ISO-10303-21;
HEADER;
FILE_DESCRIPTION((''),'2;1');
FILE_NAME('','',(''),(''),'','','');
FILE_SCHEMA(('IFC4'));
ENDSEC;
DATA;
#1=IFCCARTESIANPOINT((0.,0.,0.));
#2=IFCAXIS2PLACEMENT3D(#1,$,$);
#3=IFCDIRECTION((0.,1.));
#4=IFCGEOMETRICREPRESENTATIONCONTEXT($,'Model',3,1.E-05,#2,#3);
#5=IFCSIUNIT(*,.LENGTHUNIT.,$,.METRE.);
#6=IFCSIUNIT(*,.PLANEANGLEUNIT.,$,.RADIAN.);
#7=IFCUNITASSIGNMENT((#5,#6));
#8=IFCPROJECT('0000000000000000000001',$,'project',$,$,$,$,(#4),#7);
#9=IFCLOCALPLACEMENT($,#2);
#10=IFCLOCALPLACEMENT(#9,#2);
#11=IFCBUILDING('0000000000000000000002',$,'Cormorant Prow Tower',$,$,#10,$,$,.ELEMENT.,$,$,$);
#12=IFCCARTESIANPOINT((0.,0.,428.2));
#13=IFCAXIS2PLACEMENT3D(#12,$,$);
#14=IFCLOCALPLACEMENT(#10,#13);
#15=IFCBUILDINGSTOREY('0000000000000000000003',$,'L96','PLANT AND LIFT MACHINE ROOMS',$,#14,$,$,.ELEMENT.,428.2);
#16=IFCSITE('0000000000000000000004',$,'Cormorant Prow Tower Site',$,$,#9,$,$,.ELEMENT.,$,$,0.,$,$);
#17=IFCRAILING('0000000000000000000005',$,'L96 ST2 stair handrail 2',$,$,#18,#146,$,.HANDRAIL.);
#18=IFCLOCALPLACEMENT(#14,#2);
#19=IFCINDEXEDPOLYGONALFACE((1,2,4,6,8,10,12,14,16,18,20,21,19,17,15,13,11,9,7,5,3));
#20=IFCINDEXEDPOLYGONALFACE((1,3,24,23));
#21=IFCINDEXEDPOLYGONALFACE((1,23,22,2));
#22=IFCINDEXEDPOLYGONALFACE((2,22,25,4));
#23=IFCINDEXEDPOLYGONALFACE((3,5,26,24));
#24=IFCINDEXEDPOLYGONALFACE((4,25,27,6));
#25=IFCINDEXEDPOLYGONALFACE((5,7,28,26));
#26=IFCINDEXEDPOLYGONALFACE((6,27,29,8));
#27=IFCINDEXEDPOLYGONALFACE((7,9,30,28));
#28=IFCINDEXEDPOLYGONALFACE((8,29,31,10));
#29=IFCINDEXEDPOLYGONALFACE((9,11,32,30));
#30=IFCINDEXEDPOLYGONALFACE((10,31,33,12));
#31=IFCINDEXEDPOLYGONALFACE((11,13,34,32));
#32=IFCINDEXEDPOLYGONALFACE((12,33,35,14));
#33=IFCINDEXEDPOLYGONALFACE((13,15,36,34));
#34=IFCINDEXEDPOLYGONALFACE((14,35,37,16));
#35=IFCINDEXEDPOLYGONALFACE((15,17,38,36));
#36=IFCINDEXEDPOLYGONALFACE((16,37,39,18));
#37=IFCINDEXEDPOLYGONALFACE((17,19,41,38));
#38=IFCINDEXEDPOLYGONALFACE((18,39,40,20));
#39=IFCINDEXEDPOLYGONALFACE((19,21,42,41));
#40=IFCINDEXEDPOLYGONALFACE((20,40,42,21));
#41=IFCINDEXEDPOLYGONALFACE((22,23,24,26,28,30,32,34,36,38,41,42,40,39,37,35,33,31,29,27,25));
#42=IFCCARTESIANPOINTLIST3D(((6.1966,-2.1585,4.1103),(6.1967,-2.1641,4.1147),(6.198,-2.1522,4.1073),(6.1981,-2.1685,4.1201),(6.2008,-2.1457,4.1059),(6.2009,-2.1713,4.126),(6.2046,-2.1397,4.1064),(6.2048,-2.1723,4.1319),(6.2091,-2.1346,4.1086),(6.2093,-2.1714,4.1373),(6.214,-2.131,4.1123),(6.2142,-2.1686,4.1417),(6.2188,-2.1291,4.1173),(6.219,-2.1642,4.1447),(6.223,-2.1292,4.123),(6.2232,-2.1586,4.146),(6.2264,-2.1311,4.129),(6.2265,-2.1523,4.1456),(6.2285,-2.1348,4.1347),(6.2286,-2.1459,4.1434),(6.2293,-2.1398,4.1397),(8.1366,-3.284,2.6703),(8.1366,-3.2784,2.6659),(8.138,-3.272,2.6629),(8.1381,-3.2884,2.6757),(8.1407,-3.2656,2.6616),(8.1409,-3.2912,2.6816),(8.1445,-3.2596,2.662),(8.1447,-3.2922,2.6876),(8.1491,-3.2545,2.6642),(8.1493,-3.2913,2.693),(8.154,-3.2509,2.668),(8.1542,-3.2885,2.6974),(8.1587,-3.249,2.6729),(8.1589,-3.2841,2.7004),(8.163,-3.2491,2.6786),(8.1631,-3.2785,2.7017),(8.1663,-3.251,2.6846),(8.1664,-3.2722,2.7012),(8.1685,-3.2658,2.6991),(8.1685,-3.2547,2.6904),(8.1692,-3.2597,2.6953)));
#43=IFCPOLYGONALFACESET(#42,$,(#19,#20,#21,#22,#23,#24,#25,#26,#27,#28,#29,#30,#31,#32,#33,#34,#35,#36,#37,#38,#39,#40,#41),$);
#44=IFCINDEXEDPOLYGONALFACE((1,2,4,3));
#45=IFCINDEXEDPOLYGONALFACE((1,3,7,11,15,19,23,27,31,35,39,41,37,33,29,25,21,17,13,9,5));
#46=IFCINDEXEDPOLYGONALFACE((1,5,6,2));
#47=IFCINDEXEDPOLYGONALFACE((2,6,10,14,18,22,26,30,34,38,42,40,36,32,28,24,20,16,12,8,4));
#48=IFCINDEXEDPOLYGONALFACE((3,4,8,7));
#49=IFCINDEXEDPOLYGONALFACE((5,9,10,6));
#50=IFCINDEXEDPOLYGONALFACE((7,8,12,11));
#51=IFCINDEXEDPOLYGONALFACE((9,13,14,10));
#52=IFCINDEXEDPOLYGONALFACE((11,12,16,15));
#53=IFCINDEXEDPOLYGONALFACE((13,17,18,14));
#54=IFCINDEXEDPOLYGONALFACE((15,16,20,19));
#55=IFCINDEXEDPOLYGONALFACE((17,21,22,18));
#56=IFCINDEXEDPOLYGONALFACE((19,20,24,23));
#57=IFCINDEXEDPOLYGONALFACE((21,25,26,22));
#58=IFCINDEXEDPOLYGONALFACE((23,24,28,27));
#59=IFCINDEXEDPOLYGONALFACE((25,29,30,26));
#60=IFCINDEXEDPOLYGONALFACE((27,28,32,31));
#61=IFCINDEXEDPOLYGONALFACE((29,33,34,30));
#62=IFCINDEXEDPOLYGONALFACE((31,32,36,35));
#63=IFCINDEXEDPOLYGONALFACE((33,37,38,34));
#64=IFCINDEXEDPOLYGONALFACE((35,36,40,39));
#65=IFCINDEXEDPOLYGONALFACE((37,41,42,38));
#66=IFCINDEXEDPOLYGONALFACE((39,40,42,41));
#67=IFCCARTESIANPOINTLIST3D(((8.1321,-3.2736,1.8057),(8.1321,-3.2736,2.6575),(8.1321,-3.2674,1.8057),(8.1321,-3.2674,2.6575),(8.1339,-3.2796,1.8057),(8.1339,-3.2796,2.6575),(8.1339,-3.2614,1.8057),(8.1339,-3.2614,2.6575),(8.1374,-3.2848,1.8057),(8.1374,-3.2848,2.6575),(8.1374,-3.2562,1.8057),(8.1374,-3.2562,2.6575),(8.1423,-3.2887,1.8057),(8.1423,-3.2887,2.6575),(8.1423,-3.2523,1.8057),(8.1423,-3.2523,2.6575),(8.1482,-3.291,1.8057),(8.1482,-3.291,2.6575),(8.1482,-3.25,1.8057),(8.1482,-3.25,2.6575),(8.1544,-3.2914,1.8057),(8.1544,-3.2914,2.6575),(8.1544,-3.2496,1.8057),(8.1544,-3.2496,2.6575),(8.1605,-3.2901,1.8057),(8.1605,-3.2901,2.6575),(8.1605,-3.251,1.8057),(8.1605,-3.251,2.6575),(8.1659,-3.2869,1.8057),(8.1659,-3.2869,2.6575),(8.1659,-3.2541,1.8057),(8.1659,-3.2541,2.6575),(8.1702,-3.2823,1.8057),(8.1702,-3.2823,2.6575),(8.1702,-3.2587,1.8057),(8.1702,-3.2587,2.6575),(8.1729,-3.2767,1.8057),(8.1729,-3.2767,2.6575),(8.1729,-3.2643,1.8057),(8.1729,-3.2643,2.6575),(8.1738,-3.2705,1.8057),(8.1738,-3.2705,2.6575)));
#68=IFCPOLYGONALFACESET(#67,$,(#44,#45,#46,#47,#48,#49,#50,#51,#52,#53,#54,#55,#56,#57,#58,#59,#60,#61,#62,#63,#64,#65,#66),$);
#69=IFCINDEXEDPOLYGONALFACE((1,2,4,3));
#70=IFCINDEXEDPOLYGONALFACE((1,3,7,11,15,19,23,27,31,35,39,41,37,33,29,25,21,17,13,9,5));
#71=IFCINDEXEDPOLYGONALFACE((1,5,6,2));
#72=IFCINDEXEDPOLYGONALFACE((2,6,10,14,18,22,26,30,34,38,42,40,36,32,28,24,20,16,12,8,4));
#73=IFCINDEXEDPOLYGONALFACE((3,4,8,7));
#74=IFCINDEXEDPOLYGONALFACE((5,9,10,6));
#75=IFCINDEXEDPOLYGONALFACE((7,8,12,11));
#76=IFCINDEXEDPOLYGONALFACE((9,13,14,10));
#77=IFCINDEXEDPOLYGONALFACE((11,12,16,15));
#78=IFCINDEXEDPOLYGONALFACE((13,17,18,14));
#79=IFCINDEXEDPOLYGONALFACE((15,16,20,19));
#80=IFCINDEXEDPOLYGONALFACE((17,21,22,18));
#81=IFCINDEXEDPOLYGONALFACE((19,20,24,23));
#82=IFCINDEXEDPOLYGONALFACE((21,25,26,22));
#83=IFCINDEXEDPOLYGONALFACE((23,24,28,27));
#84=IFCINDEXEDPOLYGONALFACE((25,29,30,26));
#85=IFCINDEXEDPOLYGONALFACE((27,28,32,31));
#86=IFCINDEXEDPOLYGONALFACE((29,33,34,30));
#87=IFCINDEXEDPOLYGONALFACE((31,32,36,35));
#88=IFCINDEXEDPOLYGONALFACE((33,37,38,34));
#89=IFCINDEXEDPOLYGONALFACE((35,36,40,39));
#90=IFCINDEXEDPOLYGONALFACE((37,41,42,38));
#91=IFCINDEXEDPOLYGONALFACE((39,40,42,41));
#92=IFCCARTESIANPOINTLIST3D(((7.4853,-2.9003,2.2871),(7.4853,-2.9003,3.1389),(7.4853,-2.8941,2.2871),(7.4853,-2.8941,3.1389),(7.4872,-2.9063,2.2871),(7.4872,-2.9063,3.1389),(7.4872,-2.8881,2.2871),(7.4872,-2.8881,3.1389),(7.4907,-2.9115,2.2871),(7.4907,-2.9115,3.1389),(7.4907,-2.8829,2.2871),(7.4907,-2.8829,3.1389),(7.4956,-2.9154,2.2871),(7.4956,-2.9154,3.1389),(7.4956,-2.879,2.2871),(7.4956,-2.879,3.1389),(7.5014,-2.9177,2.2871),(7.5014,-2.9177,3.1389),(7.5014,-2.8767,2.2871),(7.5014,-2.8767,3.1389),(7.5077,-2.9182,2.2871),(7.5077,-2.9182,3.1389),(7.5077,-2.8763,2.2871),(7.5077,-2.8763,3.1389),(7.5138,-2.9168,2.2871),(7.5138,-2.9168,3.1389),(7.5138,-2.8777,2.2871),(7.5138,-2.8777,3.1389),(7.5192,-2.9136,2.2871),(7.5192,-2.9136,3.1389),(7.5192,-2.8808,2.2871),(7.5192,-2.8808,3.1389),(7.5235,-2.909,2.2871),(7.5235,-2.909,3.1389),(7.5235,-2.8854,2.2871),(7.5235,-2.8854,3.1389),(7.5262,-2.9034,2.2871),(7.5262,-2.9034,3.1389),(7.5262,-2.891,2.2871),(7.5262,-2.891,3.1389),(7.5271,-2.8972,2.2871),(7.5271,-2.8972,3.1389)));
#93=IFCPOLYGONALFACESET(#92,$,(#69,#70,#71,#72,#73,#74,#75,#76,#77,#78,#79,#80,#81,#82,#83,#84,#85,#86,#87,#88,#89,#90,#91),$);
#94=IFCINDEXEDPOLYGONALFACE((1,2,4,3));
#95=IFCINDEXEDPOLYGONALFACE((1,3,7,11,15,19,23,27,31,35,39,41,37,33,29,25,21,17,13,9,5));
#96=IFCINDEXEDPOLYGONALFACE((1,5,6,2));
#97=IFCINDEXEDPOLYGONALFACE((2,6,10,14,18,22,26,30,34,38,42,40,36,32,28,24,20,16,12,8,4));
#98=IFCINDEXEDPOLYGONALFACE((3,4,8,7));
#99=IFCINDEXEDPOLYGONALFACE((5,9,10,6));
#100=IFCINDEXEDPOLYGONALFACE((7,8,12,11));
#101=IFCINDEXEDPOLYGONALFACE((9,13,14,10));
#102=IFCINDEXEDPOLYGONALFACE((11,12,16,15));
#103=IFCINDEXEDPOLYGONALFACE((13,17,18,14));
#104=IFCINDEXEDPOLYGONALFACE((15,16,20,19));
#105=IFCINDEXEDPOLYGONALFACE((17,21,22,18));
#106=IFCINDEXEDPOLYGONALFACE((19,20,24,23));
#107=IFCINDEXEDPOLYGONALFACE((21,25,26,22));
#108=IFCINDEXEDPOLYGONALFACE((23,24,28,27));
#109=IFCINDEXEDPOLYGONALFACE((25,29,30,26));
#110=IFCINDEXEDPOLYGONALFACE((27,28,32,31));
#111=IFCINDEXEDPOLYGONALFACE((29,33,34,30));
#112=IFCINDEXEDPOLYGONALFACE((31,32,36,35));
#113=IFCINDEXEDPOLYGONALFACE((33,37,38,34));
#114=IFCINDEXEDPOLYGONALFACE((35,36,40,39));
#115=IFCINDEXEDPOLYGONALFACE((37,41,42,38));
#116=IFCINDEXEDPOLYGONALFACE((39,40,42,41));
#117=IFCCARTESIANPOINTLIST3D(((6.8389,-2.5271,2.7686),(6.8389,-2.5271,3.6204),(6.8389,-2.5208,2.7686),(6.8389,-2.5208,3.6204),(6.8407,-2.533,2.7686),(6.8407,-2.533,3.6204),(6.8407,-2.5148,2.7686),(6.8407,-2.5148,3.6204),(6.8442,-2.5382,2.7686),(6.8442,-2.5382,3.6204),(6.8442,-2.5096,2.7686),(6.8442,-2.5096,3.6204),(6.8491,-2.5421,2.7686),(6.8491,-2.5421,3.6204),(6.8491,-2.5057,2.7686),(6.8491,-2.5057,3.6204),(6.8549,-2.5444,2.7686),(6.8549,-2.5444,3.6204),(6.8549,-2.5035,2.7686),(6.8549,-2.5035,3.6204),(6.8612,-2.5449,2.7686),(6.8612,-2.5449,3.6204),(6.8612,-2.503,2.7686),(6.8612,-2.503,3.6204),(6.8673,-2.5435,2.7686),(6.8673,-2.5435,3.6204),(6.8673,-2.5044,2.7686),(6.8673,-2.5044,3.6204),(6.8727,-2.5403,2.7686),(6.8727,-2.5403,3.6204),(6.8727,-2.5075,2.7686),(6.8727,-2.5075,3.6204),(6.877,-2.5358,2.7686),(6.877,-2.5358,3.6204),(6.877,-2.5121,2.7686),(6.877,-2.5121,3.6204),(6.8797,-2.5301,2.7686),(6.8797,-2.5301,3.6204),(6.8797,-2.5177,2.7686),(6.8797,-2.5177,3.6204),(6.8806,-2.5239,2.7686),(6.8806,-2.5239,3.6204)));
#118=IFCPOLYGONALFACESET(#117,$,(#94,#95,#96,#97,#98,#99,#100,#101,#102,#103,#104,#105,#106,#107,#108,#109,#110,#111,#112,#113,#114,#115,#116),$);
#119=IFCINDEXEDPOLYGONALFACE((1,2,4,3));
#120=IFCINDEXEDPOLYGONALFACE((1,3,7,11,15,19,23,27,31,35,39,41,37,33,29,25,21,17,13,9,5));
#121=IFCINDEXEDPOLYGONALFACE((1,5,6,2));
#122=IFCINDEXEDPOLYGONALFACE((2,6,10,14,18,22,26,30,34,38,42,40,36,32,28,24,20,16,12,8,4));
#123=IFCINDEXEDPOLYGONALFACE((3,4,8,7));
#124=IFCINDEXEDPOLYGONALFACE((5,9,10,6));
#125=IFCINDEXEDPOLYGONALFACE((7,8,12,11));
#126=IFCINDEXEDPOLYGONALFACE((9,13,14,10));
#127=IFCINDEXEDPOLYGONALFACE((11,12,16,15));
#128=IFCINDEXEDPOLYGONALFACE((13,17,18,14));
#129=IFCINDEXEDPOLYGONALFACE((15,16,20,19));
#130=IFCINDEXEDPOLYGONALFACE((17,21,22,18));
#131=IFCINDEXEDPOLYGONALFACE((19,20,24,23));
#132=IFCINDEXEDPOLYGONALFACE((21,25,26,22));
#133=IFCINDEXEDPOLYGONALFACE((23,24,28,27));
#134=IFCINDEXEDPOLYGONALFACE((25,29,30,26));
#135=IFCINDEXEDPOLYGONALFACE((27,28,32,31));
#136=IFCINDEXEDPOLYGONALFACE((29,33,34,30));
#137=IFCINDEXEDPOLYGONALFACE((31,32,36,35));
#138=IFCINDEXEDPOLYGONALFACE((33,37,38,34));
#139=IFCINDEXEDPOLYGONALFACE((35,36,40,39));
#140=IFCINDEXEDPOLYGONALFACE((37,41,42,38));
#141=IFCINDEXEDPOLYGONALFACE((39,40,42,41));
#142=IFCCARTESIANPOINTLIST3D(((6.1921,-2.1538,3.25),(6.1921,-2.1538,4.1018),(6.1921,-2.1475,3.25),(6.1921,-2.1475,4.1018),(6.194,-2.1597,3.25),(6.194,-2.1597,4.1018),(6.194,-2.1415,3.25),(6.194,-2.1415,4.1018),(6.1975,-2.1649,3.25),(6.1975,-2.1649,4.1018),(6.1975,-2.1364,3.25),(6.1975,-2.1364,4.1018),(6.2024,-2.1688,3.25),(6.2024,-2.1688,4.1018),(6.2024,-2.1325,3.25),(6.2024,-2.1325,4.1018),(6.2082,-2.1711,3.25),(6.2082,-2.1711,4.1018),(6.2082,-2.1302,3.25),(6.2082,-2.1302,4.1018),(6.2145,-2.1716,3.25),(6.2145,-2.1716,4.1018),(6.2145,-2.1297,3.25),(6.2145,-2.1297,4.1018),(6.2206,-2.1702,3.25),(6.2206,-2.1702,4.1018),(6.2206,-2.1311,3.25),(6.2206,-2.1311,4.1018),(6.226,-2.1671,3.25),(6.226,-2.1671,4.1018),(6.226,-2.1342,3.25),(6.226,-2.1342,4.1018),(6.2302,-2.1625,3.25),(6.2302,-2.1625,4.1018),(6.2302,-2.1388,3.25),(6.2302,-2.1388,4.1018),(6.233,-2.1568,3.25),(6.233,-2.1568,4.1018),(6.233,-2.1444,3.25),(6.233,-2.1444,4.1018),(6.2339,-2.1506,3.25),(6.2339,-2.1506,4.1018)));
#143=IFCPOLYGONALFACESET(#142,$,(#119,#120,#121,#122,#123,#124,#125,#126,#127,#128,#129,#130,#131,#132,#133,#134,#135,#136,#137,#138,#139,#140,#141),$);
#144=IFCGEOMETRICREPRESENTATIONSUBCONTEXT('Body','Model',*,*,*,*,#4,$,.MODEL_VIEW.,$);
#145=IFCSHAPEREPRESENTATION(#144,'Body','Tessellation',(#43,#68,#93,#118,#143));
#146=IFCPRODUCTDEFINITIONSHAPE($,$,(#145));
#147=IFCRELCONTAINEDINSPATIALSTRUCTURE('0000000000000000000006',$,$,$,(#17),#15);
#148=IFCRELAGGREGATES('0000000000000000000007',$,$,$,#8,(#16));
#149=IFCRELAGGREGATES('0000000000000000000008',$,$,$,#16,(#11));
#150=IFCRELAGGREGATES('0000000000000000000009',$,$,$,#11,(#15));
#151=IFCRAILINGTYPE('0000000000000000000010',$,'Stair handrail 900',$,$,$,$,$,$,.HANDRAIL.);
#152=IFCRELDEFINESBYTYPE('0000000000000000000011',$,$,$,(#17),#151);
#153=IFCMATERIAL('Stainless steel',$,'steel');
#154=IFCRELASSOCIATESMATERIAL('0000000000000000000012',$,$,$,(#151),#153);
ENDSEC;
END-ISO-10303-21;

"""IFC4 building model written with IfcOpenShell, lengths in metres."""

from ifc_helpers import new_model, si_unit, direction, frame, origin, origin_2d, place, context, subcontext, project, spatial, circle, extrude, material, type_object, element, save


model = new_model("IFC4")

# Units and contexts
model_context = context("Model", 3, precision=1e-05, world=origin(), true_north=direction((0.0, 1.0)))
body_context = subcontext(model_context, "Body", "Model", "MODEL_VIEW")
ifc_project = project(units=[si_unit("LENGTHUNIT", "METRE"), si_unit("PLANEANGLEUNIT", "RADIAN")], contexts=[model_context])

# Site, building, storey
site_placement = place(None, origin())
site = spatial("IfcSite", under=ifc_project, at=site_placement, Name="Cormorant Prow Tower Site", CompositionType="ELEMENT", RefElevation=0.0)
building_placement = place(site_placement, origin())
building = spatial("IfcBuilding", under=site, at=building_placement, Name="Cormorant Prow Tower", CompositionType="ELEMENT")
storey_placement = place(building_placement, frame((0.0, 0.0, 428.2)))
storey = spatial("IfcBuildingStorey", under=building, at=storey_placement, Name="L96", Description="PLANT AND LIFT MACHINE ROOMS", CompositionType="ELEMENT", Elevation=428.2)

# Railing
ifc_material_1 = material(Name="Stainless steel", Category="steel")
railing_type_1 = type_object("IfcRailingType", Name="Stair handrail 900", PredefinedType="HANDRAIL", material=ifc_material_1)
railing_1_placement = place(storey_placement, frame((8.1528, -3.2705, 1.8057)))
element("IfcRailing", 1, at=railing_1_placement, inside=storey, type_object=railing_type_1, Name="L96 ST2 stair handrail 2", PredefinedType="HANDRAIL", context=body_context, shape_type="SweptSolid", body=[
    extrude(circle(Radius=0.0239, at=origin_2d()), frame((0.0, 0.0, 0.876), z_axis=(-0.727863, 0.420175, 0.541912), x_axis=(-0.499949, -0.866055, 0.0)), (0.0, 0.0, 1.0), 2.6653),
    extrude(circle(Radius=0.021, at=origin_2d()), origin(), (0.0, 0.0, 1.0), 0.8518),
    extrude(circle(Radius=0.021, at=origin_2d()), frame((-0.6467, 0.3733, 0.4814)), (0.0, 0.0, 1.0), 0.8518),
    extrude(circle(Radius=0.021, at=origin_2d()), frame((-1.2932, 0.7466, 0.9629)), (0.0, 0.0, 1.0), 0.8518),
    extrude(circle(Radius=0.021, at=origin_2d()), frame((-1.9399, 1.1199, 1.4443)), (0.0, 0.0, 1.0), 0.8518),
])

save(model, "model.ifc")
